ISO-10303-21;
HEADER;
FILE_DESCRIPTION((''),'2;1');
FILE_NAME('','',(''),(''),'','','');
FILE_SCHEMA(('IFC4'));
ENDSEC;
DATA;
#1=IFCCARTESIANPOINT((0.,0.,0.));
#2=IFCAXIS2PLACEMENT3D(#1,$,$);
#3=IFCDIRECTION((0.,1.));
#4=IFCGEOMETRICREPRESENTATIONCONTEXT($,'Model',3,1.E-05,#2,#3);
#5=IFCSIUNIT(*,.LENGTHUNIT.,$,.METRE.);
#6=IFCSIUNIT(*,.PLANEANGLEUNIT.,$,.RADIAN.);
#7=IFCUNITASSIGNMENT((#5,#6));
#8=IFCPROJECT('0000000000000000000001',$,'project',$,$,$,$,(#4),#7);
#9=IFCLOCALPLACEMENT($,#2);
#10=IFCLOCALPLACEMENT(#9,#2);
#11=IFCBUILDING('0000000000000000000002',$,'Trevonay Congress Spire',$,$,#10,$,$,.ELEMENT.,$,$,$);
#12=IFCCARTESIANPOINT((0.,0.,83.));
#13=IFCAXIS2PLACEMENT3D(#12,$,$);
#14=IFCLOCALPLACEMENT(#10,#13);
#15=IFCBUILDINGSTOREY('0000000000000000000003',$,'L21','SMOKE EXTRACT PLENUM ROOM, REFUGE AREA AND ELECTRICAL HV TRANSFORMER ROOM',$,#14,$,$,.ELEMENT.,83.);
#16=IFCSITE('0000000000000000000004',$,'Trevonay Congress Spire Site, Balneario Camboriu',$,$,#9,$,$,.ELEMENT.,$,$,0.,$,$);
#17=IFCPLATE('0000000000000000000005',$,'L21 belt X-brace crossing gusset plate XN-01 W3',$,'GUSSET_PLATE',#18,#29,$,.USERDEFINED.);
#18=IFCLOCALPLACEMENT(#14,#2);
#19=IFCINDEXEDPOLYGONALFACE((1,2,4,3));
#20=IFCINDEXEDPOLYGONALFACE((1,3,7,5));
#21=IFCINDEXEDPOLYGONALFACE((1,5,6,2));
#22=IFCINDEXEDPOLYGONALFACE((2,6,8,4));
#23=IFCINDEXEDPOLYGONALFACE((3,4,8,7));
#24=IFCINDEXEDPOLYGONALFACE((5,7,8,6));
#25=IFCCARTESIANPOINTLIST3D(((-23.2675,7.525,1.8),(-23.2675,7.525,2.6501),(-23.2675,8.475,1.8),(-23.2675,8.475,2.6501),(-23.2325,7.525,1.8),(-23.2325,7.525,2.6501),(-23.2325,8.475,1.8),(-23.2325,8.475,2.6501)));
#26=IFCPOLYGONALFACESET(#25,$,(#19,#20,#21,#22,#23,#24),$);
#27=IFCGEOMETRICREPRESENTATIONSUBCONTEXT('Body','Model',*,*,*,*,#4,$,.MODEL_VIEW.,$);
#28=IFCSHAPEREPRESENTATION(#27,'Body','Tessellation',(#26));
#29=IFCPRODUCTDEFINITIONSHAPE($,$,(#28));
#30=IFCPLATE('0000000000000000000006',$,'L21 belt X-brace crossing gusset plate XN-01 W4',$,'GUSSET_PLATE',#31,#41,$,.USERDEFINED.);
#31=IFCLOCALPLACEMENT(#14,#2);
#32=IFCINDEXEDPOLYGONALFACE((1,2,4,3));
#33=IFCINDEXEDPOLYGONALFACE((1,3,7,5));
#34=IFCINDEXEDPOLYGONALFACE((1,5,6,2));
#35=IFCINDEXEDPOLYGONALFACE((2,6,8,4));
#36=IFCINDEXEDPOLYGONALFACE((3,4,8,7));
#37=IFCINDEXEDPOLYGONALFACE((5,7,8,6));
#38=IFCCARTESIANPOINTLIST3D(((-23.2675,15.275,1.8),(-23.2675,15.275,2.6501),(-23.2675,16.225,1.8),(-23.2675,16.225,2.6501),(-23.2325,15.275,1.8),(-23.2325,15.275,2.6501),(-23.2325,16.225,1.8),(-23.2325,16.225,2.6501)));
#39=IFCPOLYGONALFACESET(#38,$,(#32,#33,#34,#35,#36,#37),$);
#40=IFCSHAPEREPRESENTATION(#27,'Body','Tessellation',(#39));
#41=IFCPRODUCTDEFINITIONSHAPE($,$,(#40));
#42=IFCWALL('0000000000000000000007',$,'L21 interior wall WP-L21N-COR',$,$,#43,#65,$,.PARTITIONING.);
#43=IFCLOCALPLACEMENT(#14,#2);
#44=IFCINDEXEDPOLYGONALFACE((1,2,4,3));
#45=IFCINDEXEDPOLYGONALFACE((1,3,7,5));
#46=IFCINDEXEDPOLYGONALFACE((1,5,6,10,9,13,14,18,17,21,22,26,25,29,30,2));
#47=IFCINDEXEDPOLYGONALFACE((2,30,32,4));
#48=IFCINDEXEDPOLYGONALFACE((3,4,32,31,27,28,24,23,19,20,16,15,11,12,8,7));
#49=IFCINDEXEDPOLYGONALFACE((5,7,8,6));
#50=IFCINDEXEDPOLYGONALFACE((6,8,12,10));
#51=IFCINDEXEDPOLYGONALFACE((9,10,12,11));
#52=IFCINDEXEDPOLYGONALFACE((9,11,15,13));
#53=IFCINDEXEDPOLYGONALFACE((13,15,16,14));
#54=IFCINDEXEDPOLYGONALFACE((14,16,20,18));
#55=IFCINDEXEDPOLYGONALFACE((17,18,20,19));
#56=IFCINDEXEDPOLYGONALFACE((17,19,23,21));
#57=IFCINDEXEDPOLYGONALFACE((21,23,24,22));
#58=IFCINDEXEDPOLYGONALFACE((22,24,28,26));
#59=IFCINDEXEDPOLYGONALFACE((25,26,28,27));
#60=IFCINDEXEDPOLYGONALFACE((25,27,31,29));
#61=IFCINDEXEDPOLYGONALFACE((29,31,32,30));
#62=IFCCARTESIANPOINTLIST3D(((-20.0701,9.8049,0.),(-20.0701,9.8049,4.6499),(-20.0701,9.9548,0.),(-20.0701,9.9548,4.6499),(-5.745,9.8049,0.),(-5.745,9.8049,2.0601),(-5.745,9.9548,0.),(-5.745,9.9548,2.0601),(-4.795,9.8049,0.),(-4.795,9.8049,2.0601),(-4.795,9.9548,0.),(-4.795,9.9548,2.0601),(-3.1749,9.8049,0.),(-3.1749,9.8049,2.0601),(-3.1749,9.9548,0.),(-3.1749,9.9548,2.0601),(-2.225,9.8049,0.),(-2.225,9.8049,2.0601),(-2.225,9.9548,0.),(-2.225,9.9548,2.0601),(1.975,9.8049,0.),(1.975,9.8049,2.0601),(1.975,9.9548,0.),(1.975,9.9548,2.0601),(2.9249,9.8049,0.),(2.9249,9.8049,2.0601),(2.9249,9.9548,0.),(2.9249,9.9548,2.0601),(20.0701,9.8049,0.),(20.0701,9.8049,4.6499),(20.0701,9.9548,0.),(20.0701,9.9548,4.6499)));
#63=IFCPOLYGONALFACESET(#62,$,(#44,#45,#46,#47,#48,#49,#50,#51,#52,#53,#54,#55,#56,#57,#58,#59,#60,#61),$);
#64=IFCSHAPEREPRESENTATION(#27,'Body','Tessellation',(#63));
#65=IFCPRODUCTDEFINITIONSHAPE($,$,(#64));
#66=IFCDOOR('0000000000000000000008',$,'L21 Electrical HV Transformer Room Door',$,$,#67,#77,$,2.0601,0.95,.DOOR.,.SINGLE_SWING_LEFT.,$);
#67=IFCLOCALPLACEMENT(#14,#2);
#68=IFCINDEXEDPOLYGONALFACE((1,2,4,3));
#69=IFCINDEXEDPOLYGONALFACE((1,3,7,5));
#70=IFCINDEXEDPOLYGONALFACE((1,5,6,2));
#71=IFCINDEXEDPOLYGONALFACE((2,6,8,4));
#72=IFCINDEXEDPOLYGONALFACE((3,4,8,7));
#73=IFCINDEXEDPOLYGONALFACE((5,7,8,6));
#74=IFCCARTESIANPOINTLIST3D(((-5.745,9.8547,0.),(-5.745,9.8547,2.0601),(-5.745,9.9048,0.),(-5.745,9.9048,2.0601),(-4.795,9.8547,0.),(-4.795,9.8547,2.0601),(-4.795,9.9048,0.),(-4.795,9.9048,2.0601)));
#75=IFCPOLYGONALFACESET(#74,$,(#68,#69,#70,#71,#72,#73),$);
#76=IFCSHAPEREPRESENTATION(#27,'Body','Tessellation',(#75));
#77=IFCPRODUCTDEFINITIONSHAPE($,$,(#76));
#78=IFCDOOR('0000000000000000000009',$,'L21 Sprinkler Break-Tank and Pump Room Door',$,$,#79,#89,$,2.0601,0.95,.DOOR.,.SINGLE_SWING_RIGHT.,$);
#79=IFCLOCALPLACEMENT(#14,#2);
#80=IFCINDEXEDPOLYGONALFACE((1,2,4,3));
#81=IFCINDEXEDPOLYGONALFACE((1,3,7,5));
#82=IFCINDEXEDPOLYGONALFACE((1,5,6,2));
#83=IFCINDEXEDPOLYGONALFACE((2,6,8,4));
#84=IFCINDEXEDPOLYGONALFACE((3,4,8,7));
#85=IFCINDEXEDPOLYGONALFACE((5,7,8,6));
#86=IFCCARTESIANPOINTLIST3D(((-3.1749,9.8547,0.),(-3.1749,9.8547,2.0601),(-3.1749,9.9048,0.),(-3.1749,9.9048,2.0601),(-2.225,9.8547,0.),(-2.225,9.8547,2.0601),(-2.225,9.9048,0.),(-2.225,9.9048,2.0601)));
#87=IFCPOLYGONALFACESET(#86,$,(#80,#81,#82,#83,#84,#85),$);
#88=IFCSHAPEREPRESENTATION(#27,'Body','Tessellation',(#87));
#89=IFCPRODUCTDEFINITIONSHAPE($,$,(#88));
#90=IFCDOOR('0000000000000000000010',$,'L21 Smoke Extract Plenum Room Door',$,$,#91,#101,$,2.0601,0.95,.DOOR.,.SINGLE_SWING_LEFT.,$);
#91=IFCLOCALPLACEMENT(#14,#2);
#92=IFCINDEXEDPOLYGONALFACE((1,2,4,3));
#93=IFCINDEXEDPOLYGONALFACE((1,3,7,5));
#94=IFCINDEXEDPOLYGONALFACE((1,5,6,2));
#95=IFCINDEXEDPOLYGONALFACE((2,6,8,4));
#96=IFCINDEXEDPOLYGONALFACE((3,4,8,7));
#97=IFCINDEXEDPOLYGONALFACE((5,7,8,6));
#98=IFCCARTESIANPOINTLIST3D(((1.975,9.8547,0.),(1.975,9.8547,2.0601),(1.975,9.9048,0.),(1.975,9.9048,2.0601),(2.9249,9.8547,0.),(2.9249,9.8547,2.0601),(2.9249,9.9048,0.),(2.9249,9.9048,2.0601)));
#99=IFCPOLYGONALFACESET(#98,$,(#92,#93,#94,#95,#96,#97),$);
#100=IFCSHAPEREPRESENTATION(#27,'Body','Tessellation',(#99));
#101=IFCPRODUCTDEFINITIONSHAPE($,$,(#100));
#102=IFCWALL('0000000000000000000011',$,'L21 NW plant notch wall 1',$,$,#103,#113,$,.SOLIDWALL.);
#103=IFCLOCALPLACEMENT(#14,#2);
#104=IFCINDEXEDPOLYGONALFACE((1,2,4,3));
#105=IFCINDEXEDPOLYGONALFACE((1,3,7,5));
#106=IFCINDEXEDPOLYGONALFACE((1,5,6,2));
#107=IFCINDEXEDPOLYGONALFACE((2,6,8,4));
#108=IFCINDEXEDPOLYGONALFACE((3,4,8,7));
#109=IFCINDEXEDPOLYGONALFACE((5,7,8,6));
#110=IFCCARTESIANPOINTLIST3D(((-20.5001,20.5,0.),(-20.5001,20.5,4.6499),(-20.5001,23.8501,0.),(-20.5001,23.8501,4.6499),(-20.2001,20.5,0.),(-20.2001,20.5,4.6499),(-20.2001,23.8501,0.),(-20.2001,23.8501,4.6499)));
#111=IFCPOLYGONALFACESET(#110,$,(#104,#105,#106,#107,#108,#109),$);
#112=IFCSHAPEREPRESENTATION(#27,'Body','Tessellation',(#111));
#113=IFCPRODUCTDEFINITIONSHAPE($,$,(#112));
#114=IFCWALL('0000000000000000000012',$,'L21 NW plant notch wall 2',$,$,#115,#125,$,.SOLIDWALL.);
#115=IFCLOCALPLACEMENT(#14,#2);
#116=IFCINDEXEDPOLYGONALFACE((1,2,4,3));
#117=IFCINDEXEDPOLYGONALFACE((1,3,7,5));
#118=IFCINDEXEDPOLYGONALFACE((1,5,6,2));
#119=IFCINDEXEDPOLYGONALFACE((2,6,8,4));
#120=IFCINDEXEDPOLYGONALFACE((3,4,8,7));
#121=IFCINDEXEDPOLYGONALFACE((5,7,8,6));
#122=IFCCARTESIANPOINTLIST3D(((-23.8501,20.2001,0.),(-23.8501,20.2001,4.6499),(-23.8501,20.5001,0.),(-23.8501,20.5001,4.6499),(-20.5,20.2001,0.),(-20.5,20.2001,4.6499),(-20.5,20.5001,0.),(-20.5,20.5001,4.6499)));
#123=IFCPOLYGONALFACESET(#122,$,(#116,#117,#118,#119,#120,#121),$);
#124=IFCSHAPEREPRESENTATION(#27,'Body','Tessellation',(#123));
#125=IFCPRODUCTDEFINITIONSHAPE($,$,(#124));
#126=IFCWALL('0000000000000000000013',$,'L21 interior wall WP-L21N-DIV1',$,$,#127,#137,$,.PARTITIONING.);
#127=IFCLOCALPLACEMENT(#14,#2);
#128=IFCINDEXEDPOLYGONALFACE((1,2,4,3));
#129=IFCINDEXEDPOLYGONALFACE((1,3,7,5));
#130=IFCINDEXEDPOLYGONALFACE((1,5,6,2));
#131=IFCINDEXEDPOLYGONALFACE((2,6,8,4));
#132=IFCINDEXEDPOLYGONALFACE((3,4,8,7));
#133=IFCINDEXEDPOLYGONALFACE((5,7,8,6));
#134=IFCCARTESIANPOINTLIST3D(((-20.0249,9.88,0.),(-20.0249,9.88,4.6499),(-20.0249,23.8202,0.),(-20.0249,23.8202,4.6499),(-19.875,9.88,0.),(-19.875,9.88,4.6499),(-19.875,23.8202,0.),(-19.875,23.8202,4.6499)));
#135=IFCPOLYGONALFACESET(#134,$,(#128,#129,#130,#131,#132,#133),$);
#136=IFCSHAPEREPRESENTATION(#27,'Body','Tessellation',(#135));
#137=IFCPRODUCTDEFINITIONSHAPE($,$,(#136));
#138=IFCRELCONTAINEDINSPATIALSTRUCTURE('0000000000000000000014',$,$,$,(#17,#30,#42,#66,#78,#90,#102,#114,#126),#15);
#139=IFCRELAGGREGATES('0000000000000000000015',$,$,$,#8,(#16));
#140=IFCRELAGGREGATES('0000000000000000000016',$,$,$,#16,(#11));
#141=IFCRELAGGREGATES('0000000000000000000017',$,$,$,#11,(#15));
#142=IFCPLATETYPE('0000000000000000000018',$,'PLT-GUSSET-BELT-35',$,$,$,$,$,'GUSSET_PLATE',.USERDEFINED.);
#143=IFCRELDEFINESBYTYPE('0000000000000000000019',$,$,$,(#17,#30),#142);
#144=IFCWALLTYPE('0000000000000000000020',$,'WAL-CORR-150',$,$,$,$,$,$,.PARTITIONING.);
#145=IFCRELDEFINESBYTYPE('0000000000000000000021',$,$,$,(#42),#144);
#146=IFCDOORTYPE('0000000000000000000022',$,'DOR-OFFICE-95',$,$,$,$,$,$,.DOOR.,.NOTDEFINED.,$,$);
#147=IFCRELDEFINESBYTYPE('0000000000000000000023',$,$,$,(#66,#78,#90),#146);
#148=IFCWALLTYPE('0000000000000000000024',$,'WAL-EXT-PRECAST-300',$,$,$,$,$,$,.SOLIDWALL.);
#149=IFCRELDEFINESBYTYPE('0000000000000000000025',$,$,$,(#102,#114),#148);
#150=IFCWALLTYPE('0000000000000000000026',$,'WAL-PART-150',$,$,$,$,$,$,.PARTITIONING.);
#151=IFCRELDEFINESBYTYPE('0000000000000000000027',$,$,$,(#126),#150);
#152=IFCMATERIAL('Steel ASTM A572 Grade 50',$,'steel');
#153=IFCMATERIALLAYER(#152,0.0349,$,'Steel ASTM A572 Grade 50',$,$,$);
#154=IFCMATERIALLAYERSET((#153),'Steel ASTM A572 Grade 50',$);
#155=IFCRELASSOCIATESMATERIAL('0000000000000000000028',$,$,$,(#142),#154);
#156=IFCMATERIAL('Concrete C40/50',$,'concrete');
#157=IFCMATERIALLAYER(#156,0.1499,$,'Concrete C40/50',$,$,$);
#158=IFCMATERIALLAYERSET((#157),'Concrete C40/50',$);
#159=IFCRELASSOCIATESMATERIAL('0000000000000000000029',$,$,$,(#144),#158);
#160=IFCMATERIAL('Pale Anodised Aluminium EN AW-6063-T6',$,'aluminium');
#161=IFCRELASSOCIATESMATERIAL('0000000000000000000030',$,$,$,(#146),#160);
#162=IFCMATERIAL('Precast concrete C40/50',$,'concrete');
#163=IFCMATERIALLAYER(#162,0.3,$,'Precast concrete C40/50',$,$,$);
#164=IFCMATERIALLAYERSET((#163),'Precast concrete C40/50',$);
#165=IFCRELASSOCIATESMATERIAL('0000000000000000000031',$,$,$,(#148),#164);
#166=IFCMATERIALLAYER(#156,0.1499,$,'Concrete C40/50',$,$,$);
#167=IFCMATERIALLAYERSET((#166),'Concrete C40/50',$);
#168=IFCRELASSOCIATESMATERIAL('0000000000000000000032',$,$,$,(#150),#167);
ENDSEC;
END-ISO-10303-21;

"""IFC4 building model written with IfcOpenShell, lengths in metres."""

from ifc_helpers import new_model, si_unit, direction, frame, frame_2d, origin, origin_2d, place, context, subcontext, project, spatial, rectangle, extrude, material, layer, layer_set, type_object, element, fill, save


model = new_model("IFC4")

# Units and contexts
model_context = context("Model", 3, precision=1e-05, world=origin(), true_north=direction((0.0, 1.0)))
body_context = subcontext(model_context, "Body", "Model", "MODEL_VIEW")
ifc_project = project(units=[si_unit("LENGTHUNIT", "METRE"), si_unit("PLANEANGLEUNIT", "RADIAN")], contexts=[model_context])

# Site, building, storey
site_placement = place(None, origin())
site = spatial("IfcSite", under=ifc_project, at=site_placement, Name="Trevonay Congress Spire Site, Balneario Camboriu", CompositionType="ELEMENT", RefElevation=0.0)
building_placement = place(site_placement, origin())
building = spatial("IfcBuilding", under=site, at=building_placement, Name="Trevonay Congress Spire", CompositionType="ELEMENT")
storey_placement = place(building_placement, frame((0.0, 0.0, 83.0)))
storey = spatial("IfcBuildingStorey", under=building, at=storey_placement, Name="L21", Description="SMOKE EXTRACT PLENUM ROOM, REFUGE AREA AND ELECTRICAL HV TRANSFORMER ROOM", CompositionType="ELEMENT", Elevation=83.0)

# Shared definitions
ifc_material_1 = material(Name="Steel ASTM A572 Grade 50", Category="steel")

# Plates
ifc_layer_1 = layer(ifc_material_1, 0.0349, Name="Steel ASTM A572 Grade 50")
ifc_layer_set_1 = layer_set([ifc_layer_1], Name="Steel ASTM A572 Grade 50")
plate_type = type_object("IfcPlateType", Name="PLT-GUSSET-BELT-35", ElementType="GUSSET_PLATE", PredefinedType="USERDEFINED", material=ifc_layer_set_1)
for number, where, z_axis, x_axis, name in (
    (1, (-23.25, 8.0, 1.8), (0.0, 0.0, 1.0), (1.0, 0.0, 0.0), "L21 belt X-brace crossing gusset plate XN-01 W3"),
    (2, (-23.25, 15.75, 1.8), (0.0, 0.0, 1.0), (1.0, 0.0, 0.0), "L21 belt X-brace crossing gusset plate XN-01 W4"),
):
    element("IfcPlate", number, at=place(storey_placement, frame(where, z_axis=z_axis, x_axis=x_axis)), inside=storey, type_object=plate_type, Name=name, ObjectType="GUSSET_PLATE", PredefinedType="USERDEFINED", context=body_context, shape_type="SweptSolid", body=[
        extrude(rectangle(XDim=0.0349, YDim=0.95, at=origin_2d()), origin(), (0.0, 0.0, 1.0), 0.8501),
    ])

# Wall, openings, doors
ifc_material_2 = material(Name="Concrete C40/50", Category="concrete")
ifc_layer_2 = layer(ifc_material_2, 0.1499, Name="Concrete C40/50")
ifc_layer_set_2 = layer_set([ifc_layer_2], Name="Concrete C40/50")
wall_type_1 = type_object("IfcWallType", Name="WAL-CORR-150", PredefinedType="PARTITIONING", material=ifc_layer_set_2)
wall_1_placement = place(storey_placement, frame((-20.0701, 9.8799, 0.0), z_axis=(0.0, 0.0, 1.0), x_axis=(1.0, 0.0, 0.0)))
wall_1 = element("IfcWall", 3, at=wall_1_placement, inside=storey, type_object=wall_type_1, Name="L21 interior wall WP-L21N-COR", PredefinedType="PARTITIONING", context=body_context, shape_type="SweptSolid", body=[
    extrude(rectangle(XDim=40.1401, YDim=0.1499, at=frame_2d((20.0701, 0.0))), origin(), (0.0, 0.0, 1.0), 4.6499),
])
opening_1_placement = place(wall_1_placement, frame((14.325, 0.0, 0.0)))
opening_1 = element("IfcOpeningElement", 4, at=opening_1_placement, cuts=wall_1, PredefinedType="OPENING", context=body_context, shape_type="SweptSolid", body=[
    extrude(rectangle(XDim=0.95, YDim=2.0601, at=frame_2d((0.4751, 1.03))), frame((0.0, 0.085, 0.0), z_axis=(0.0, -1.0, 0.0), x_axis=(1.0, 0.0, 0.0)), (0.0, 0.0, 1.0), 0.1699),
])
opening_2_placement = place(wall_1_placement, frame((16.895, 0.0, 0.0)))
opening_2 = element("IfcOpeningElement", 5, at=opening_2_placement, cuts=wall_1, PredefinedType="OPENING", context=body_context, shape_type="SweptSolid", body=[
    extrude(rectangle(XDim=0.95, YDim=2.0601, at=frame_2d((0.4751, 1.03))), frame((0.0, 0.085, 0.0), z_axis=(0.0, -1.0, 0.0), x_axis=(1.0, 0.0, 0.0)), (0.0, 0.0, 1.0), 0.1699),
])
opening_3_placement = place(wall_1_placement, frame((22.0449, 0.0, 0.0)))
opening_3 = element("IfcOpeningElement", 6, at=opening_3_placement, cuts=wall_1, PredefinedType="OPENING", context=body_context, shape_type="SweptSolid", body=[
    extrude(rectangle(XDim=0.95, YDim=2.0601, at=frame_2d((0.4751, 1.03))), frame((0.0, 0.085, 0.0), z_axis=(0.0, -1.0, 0.0), x_axis=(1.0, 0.0, 0.0)), (0.0, 0.0, 1.0), 0.1699),
])
ifc_material_3 = material(Name="Pale Anodised Aluminium EN AW-6063-T6", Category="aluminium")
door_type = type_object("IfcDoorType", Name="DOR-OFFICE-95", OperationType="NOTDEFINED", PredefinedType="DOOR", material=ifc_material_3)
door_1_placement = place(opening_1_placement, origin())
door_1 = element("IfcDoor", 7, at=door_1_placement, inside=storey, type_object=door_type, Name="L21 Electrical HV Transformer Room Door", OperationType="SINGLE_SWING_LEFT", OverallHeight=2.0601, OverallWidth=0.95, PredefinedType="DOOR", context=body_context, shape_type="SweptSolid", body=[
    extrude(rectangle(XDim=0.95, YDim=2.0601, at=frame_2d((0.4751, 1.03))), frame((0.0, 0.0249, 0.0), z_axis=(0.0, -1.0, 0.0), x_axis=(1.0, 0.0, 0.0)), (0.0, 0.0, 1.0), 0.05),
])
fill(opening_1, door_1)
door_2_placement = place(opening_2_placement, origin())
door_2 = element("IfcDoor", 8, at=door_2_placement, inside=storey, type_object=door_type, Name="L21 Sprinkler Break-Tank and Pump Room Door", OperationType="SINGLE_SWING_RIGHT", OverallHeight=2.0601, OverallWidth=0.95, PredefinedType="DOOR", context=body_context, shape_type="SweptSolid", body=[
    extrude(rectangle(XDim=0.95, YDim=2.0601, at=frame_2d((0.4751, 1.03))), frame((0.0, 0.0249, 0.0), z_axis=(0.0, -1.0, 0.0), x_axis=(1.0, 0.0, 0.0)), (0.0, 0.0, 1.0), 0.05),
])
fill(opening_2, door_2)
door_3_placement = place(opening_3_placement, origin())
door_3 = element("IfcDoor", 9, at=door_3_placement, inside=storey, type_object=door_type, Name="L21 Smoke Extract Plenum Room Door", OperationType="SINGLE_SWING_LEFT", OverallHeight=2.0601, OverallWidth=0.95, PredefinedType="DOOR", context=body_context, shape_type="SweptSolid", body=[
    extrude(rectangle(XDim=0.95, YDim=2.0601, at=frame_2d((0.4751, 1.03))), frame((0.0, 0.0249, 0.0), z_axis=(0.0, -1.0, 0.0), x_axis=(1.0, 0.0, 0.0)), (0.0, 0.0, 1.0), 0.05),
])
fill(opening_3, door_3)

# Walls
ifc_material_4 = material(Name="Precast concrete C40/50", Category="concrete")
ifc_layer_3 = layer(ifc_material_4, 0.3, Name="Precast concrete C40/50")
ifc_layer_set_3 = layer_set([ifc_layer_3], Name="Precast concrete C40/50")
wall_type_2 = type_object("IfcWallType", Name="WAL-EXT-PRECAST-300", PredefinedType="SOLIDWALL", material=ifc_layer_set_3)
for number, where, z_axis, x_axis, name in (
    (10, (-20.3501, 23.8501, 0.0), (0.0, 0.0, 1.0), (0.0, -1.0, 0.0), "L21 NW plant notch wall 1"),
    (11, (-23.8501, 20.3501, 0.0), (0.0, 0.0, 1.0), (1.0, 0.0, 0.0), "L21 NW plant notch wall 2"),
):
    element("IfcWall", number, at=place(storey_placement, frame(where, z_axis=z_axis, x_axis=x_axis)), inside=storey, type_object=wall_type_2, Name=name, PredefinedType="SOLIDWALL", context=body_context, shape_type="SweptSolid", body=[
        extrude(rectangle(XDim=3.3501, YDim=0.3, at=frame_2d((1.675, 0.0))), origin(), (0.0, 0.0, 1.0), 4.6499),
    ])
ifc_layer_4 = layer(ifc_material_2, 0.1499, Name="Concrete C40/50")
ifc_layer_set_4 = layer_set([ifc_layer_4], Name="Concrete C40/50")
wall_type_3 = type_object("IfcWallType", Name="WAL-PART-150", PredefinedType="PARTITIONING", material=ifc_layer_set_4)
wall_2_placement = place(storey_placement, frame((-19.95, 9.8799, 0.0), z_axis=(0.0, 0.0, 1.0), x_axis=(0.0, 1.0, 0.0)))
element("IfcWall", 12, at=wall_2_placement, inside=storey, type_object=wall_type_3, Name="L21 interior wall WP-L21N-DIV1", PredefinedType="PARTITIONING", context=body_context, shape_type="SweptSolid", body=[
    extrude(rectangle(XDim=13.9402, YDim=0.1499, at=frame_2d((6.9702, 0.0))), origin(), (0.0, 0.0, 1.0), 4.6499),
])

save(model, "model.ifc")
